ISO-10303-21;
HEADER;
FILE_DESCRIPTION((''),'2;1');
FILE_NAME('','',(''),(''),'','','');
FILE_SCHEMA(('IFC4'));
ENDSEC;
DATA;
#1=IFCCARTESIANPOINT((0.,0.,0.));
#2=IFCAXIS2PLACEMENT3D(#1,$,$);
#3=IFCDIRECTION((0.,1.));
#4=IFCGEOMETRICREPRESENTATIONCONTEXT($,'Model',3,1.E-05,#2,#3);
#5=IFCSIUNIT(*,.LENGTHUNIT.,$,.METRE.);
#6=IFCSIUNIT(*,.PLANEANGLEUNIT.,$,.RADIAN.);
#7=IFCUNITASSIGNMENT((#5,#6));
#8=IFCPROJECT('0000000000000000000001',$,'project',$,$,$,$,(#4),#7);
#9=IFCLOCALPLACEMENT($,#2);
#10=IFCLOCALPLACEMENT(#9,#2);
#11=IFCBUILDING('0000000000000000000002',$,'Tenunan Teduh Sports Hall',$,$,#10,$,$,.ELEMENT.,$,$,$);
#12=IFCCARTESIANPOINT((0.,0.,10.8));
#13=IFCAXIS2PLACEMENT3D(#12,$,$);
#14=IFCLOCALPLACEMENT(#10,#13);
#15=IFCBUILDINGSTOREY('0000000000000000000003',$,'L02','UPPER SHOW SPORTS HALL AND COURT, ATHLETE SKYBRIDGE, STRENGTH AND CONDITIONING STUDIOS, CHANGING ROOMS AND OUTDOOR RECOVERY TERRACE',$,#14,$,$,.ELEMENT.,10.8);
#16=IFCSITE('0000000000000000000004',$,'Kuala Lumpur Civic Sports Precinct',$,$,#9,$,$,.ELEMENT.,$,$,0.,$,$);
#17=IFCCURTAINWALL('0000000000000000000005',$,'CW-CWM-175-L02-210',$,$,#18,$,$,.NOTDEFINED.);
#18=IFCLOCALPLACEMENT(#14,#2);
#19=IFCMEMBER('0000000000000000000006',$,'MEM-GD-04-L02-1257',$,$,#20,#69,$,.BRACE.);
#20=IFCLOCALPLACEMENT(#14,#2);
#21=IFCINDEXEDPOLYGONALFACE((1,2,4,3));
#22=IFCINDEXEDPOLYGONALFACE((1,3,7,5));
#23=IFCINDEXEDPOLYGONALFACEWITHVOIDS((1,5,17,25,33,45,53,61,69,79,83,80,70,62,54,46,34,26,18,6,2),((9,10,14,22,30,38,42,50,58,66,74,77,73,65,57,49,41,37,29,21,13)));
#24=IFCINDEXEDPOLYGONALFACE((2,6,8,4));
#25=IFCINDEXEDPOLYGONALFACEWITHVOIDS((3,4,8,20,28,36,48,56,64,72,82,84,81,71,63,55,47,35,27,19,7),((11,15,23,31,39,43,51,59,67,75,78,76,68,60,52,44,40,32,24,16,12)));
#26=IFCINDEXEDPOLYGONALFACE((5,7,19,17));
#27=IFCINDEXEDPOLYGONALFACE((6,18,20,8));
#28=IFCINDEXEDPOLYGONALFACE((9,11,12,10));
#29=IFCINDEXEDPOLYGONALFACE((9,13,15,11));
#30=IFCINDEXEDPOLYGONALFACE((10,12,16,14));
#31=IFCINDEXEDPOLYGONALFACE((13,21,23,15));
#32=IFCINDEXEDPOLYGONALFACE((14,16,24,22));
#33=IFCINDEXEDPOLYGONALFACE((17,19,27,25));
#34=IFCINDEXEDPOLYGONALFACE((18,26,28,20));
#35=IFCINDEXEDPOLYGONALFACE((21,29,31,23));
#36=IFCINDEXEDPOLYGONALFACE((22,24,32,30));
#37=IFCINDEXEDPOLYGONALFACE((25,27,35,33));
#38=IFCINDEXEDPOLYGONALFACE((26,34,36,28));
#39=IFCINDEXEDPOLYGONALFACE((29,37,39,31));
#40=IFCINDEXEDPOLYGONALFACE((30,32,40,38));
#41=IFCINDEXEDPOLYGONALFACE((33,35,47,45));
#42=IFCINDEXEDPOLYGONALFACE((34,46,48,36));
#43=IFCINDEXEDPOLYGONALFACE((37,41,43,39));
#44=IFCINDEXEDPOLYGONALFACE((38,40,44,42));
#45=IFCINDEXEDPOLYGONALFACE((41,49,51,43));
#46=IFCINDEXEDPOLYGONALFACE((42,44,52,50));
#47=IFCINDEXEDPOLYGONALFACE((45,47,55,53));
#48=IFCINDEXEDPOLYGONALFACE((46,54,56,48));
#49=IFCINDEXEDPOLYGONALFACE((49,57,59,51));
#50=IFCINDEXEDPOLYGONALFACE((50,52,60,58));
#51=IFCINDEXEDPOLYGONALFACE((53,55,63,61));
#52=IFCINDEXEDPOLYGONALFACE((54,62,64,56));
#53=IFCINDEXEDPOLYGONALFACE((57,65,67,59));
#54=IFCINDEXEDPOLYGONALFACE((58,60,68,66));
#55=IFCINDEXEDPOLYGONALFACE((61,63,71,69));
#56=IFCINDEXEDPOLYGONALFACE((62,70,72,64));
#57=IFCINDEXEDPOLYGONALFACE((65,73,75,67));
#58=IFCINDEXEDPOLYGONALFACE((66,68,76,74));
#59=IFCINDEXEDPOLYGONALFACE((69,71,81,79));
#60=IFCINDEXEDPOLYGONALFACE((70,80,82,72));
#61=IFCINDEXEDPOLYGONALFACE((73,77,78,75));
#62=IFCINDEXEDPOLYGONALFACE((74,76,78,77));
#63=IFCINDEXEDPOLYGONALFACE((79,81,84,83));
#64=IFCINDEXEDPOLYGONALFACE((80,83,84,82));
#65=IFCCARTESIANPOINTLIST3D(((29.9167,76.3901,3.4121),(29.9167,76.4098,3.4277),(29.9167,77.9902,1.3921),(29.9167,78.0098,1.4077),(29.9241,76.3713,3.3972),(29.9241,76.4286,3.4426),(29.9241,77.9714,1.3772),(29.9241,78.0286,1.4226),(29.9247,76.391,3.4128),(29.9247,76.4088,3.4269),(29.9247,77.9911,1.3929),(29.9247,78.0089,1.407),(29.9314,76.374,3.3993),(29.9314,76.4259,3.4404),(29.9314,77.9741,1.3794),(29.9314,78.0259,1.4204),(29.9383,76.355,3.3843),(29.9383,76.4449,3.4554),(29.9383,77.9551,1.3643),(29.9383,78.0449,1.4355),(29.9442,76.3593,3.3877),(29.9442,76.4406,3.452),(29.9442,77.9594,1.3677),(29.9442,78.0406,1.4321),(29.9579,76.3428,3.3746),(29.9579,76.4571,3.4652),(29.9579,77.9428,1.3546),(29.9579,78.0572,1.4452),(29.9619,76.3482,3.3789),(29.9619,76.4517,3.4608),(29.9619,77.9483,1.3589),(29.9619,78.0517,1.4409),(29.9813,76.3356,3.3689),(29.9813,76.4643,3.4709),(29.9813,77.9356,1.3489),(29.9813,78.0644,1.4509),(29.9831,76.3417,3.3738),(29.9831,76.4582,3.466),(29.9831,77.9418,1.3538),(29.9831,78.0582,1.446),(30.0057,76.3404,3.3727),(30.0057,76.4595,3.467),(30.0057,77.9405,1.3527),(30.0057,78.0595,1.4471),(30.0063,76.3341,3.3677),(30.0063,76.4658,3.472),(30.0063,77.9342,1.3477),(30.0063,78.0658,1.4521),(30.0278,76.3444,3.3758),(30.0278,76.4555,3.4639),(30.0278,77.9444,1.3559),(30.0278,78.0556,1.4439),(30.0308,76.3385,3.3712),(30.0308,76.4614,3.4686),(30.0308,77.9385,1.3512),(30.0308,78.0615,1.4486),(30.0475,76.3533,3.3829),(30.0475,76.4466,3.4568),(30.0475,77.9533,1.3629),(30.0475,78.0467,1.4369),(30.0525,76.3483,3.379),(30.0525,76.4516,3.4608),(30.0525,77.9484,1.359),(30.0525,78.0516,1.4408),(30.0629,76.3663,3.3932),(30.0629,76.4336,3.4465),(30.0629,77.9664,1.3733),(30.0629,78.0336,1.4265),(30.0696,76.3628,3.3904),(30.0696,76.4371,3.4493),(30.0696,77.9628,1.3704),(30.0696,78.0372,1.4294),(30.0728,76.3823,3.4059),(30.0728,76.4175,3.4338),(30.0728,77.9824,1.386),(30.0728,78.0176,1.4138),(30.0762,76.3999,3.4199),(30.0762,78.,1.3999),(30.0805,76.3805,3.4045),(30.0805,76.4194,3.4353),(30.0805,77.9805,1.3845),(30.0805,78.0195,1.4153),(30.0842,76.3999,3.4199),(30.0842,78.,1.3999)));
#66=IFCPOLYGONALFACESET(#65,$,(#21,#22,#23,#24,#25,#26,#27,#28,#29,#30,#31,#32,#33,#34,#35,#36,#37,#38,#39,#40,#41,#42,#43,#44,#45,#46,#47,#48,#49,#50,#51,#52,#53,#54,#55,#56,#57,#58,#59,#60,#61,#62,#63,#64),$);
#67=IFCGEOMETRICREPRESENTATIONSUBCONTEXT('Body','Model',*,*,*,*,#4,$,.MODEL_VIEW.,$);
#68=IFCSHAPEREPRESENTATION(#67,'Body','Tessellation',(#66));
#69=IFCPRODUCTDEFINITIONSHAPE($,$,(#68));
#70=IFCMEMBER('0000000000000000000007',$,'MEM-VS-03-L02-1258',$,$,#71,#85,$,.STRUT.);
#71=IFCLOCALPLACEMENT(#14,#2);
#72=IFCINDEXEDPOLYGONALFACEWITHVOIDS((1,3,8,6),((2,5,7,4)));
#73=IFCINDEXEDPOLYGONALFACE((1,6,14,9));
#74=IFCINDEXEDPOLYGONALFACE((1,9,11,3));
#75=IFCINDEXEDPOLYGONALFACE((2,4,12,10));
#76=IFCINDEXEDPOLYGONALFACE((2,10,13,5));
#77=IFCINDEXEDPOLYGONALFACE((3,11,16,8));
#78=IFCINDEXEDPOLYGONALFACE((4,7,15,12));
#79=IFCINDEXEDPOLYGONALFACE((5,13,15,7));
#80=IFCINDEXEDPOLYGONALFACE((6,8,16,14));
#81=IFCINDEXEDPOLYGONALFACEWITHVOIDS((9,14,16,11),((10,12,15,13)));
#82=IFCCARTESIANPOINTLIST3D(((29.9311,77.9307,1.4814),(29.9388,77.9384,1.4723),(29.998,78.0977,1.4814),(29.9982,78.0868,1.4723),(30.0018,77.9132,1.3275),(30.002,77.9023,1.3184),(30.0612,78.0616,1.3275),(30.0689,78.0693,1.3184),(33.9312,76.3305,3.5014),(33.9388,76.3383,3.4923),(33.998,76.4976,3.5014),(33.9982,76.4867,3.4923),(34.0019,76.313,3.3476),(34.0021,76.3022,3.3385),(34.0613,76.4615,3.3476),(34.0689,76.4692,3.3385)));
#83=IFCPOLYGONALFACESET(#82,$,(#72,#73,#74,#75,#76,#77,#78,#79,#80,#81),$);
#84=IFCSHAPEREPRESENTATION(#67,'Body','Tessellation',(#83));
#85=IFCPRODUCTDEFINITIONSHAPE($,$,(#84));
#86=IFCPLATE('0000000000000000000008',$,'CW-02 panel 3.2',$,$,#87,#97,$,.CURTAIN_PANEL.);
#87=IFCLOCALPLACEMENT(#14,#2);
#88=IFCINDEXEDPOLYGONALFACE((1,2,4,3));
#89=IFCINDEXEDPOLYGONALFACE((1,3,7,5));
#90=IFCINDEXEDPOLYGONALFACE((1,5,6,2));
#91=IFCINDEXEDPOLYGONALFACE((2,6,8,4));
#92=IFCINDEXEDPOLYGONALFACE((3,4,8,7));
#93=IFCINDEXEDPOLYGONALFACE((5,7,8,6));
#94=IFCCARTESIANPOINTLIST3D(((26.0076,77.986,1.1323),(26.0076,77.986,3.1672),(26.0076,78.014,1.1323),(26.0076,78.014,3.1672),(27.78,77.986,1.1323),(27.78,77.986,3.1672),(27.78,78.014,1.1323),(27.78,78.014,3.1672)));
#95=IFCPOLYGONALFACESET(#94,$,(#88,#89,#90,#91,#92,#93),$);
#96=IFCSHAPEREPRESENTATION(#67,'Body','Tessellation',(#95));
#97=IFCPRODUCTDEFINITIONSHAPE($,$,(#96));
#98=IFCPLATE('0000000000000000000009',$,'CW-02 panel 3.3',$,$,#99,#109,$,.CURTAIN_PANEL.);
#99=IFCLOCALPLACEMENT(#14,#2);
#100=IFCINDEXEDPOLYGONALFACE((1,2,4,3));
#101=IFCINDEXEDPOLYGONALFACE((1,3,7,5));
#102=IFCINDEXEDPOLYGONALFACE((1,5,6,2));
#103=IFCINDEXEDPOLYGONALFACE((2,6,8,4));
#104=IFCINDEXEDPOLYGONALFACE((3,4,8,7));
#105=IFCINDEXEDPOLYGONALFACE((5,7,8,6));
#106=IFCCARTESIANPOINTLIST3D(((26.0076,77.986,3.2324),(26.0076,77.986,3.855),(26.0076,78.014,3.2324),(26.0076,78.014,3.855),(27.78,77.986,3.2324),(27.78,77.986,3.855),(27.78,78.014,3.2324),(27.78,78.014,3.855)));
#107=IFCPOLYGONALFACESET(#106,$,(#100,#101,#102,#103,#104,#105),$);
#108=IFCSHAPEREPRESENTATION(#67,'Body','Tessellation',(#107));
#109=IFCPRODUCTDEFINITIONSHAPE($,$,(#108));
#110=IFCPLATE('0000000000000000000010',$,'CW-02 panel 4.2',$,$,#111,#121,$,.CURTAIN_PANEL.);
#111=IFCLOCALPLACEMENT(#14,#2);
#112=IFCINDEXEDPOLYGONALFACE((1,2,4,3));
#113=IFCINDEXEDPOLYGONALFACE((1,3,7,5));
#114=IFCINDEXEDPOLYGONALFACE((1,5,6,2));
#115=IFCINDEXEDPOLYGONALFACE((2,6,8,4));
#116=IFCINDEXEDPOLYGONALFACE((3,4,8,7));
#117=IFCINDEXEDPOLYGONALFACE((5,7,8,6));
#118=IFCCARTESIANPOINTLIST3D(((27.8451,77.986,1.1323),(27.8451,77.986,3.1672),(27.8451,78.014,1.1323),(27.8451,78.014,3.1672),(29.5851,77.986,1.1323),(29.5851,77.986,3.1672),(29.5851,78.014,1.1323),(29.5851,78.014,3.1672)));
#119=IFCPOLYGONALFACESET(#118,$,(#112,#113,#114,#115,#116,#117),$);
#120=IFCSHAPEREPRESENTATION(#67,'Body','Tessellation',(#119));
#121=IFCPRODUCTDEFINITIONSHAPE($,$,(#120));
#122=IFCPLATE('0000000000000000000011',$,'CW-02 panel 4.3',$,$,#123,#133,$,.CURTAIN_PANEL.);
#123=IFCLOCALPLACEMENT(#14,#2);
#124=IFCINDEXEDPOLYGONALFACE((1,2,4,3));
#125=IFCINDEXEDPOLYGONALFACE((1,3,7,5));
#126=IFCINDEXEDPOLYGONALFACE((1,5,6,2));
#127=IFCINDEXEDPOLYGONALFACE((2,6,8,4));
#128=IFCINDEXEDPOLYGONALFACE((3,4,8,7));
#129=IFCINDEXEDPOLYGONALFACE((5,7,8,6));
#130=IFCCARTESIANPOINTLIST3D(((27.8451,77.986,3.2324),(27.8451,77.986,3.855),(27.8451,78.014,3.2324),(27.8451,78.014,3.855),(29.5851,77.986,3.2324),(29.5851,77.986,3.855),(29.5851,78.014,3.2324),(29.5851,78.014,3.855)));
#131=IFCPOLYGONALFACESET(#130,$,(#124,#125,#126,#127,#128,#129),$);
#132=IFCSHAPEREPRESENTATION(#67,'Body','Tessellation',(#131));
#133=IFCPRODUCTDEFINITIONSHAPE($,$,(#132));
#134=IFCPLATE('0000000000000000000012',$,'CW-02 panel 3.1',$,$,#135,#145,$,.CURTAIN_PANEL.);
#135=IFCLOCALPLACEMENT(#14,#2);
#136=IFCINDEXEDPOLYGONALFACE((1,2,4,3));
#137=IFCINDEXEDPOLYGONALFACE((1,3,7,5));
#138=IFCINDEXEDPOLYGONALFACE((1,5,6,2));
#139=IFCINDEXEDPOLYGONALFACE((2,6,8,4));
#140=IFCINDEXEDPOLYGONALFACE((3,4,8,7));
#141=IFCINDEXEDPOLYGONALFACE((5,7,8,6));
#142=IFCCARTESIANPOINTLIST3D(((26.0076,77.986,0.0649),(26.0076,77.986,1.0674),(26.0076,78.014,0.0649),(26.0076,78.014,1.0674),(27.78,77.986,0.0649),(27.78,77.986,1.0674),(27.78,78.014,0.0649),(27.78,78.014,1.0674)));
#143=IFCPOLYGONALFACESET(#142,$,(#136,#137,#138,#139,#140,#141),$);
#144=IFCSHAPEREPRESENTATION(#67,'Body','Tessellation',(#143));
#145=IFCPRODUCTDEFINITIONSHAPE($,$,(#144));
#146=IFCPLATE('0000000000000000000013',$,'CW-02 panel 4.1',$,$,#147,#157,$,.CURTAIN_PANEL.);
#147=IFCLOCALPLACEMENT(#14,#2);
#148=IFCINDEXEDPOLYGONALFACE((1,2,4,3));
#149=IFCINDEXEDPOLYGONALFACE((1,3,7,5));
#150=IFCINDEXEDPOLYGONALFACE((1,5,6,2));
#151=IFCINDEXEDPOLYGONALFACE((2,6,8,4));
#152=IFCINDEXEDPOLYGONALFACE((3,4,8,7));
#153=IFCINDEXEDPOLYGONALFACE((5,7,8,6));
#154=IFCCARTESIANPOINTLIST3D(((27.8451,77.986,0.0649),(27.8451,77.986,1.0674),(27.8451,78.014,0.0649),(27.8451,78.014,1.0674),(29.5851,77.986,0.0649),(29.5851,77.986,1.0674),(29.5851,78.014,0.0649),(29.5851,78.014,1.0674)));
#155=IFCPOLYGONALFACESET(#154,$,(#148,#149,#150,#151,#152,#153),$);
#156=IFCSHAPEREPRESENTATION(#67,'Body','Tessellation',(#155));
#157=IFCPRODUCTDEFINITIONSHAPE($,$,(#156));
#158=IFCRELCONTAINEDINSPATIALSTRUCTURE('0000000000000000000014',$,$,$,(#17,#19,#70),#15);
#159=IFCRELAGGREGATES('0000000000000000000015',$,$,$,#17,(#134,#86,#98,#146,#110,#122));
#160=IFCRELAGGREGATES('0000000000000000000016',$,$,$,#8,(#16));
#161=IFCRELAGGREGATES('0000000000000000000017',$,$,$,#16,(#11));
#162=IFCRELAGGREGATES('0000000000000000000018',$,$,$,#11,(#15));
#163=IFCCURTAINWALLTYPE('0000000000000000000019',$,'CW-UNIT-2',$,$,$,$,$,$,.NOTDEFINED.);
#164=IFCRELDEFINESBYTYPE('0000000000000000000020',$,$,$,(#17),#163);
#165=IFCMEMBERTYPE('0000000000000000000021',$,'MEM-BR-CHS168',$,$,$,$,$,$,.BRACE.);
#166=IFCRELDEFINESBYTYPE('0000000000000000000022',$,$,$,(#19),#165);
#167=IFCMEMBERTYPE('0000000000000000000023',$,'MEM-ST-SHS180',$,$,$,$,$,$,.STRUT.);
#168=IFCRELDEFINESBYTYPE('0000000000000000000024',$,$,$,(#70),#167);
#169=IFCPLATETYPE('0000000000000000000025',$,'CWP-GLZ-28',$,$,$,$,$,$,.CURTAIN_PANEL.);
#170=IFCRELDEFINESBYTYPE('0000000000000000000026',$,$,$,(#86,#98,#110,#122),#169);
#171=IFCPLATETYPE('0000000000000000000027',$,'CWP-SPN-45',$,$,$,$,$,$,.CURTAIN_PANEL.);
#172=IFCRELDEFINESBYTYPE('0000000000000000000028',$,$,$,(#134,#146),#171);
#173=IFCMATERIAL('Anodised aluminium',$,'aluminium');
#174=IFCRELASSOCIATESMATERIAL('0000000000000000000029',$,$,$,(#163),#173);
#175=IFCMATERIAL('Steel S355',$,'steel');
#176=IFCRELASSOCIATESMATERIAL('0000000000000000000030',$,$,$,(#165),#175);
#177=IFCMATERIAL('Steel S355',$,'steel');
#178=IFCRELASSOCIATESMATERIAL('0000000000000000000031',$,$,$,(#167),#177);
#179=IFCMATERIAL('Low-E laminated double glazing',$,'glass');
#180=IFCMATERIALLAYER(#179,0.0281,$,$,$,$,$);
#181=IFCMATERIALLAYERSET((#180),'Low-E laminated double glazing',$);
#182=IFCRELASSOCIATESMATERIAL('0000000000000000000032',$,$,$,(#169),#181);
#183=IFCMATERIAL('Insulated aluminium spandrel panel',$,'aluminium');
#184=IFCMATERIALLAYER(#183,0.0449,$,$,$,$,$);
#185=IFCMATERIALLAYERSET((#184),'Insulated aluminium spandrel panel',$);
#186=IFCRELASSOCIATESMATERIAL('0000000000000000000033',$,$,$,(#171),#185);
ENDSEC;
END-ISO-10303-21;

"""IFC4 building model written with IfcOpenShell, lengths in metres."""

from ifc_helpers import new_model, si_unit, direction, frame, origin, origin_2d, place, context, subcontext, project, spatial, rectangle, hollow_rectangle, hollow_circle, extrude, material, layer, layer_set, material_profile, profile_set, type_object, element, aggregate, save


model = new_model("IFC4")

# Units and contexts
model_context = context("Model", 3, precision=1e-05, world=origin(), true_north=direction((0.0, 1.0)))
body_context = subcontext(model_context, "Body", "Model", "MODEL_VIEW")
ifc_project = project(units=[si_unit("LENGTHUNIT", "METRE"), si_unit("PLANEANGLEUNIT", "RADIAN")], contexts=[model_context])

# Site, building, storey
site_placement = place(None, origin())
site = spatial("IfcSite", under=ifc_project, at=site_placement, Name="Kuala Lumpur Civic Sports Precinct", CompositionType="ELEMENT", RefElevation=0.0)
building_placement = place(site_placement, origin())
building = spatial("IfcBuilding", under=site, at=building_placement, Name="Tenunan Teduh Sports Hall", CompositionType="ELEMENT")
storey_placement = place(building_placement, frame((0.0, 0.0, 10.8)))
storey = spatial("IfcBuildingStorey", under=building, at=storey_placement, Name="L02", Description="UPPER SHOW SPORTS HALL AND COURT, ATHLETE SKYBRIDGE, STRENGTH AND CONDITIONING STUDIOS, CHANGING ROOMS AND OUTDOOR RECOVERY TERRACE", CompositionType="ELEMENT", Elevation=10.8)

# Curtain wall
ifc_material_1 = material(Name="Anodised aluminium", Category="aluminium")
curtain_wall_type = type_object("IfcCurtainWallType", Name="CW-UNIT-2", PredefinedType="NOTDEFINED", material=ifc_material_1)
curtain_wall_placement = place(storey_placement, origin())
curtain_wall = element("IfcCurtainWall", 1, at=curtain_wall_placement, inside=storey, type_object=curtain_wall_type, Name="CW-CWM-175-L02-210", PredefinedType="NOTDEFINED")

# Members
ifc_material_2 = material(Name="Steel S355", Category="steel")
ifc_material_profile_1 = material_profile(ifc_material_2, hollow_circle(Radius=0.0842, WallThickness=0.0081, at=origin_2d()), Name="CHS 168.3x8.0")
ifc_profile_set_1 = profile_set([ifc_material_profile_1], Name="Steel S355")
member_type_1 = type_object("IfcMemberType", Name="MEM-BR-CHS168", PredefinedType="BRACE", material=ifc_profile_set_1)
member_1_placement = place(storey_placement, frame((30.0, 78.0, 1.3999), z_axis=(0.0, -0.620921, 0.783873), x_axis=(1.0, 0.0, 0.0)))
element("IfcMember", 2, at=member_1_placement, inside=storey, type_object=member_type_1, Name="MEM-GD-04-L02-1257", PredefinedType="BRACE", context=body_context, shape_type="SweptSolid", body=[
    extrude(hollow_circle(Radius=0.0842, WallThickness=0.0081, at=origin_2d()), origin(), (0.0, 0.0, 1.0), 2.5769),
])
ifc_material_3 = material(Name="Steel S355", Category="steel")
ifc_material_profile_2 = material_profile(ifc_material_3, hollow_rectangle(XDim=0.1799, YDim=0.1799, WallThickness=0.01, at=origin_2d()), Name="SHS 180x180x10.0")
ifc_profile_set_2 = profile_set([ifc_material_profile_2], Name="Steel S355")
member_type_2 = type_object("IfcMemberType", Name="MEM-ST-SHS180", PredefinedType="STRUT", material=ifc_profile_set_2)
member_2_placement = place(storey_placement, frame((30.0, 78.0, 1.3999), z_axis=(0.840648, -0.33628, 0.424531), x_axis=(0.37141, 0.928469, 0.0)))
element("IfcMember", 3, at=member_2_placement, inside=storey, type_object=member_type_2, Name="MEM-VS-03-L02-1258", PredefinedType="STRUT", context=body_context, shape_type="SweptSolid", body=[
    extrude(hollow_rectangle(XDim=0.1799, YDim=0.1799, WallThickness=0.01, at=origin_2d()), origin(), (0.0, 0.0, 1.0), 4.7583),
])

# Plates
ifc_material_4 = material(Name="Low-E laminated double glazing", Category="glass")
ifc_layer_1 = layer(ifc_material_4, 0.0281)
ifc_layer_set_1 = layer_set([ifc_layer_1], Name="Low-E laminated double glazing")
plate_type_1 = type_object("IfcPlateType", Name="CWP-GLZ-28", PredefinedType="CURTAIN_PANEL", material=ifc_layer_set_1)
plate_1_placement = place(storey_placement, frame((26.8938, 78.0, 1.1323), z_axis=(0.0, 0.0, 1.0), x_axis=(1.0, 0.0, 0.0)))
plate_1 = element("IfcPlate", 4, at=plate_1_placement, type_object=plate_type_1, Name="CW-02 panel 3.2", PredefinedType="CURTAIN_PANEL", context=body_context, shape_type="SweptSolid", body=[
    extrude(rectangle(XDim=1.7725, YDim=0.0281, at=origin_2d()), origin(), (0.0, 0.0, 1.0), 2.0349),
])
plate_2_placement = place(storey_placement, frame((26.8938, 78.0, 3.2324), z_axis=(0.0, 0.0, 1.0), x_axis=(1.0, 0.0, 0.0)))
plate_2 = element("IfcPlate", 5, at=plate_2_placement, type_object=plate_type_1, Name="CW-02 panel 3.3", PredefinedType="CURTAIN_PANEL", context=body_context, shape_type="SweptSolid", body=[
    extrude(rectangle(XDim=1.7725, YDim=0.0281, at=origin_2d()), origin(), (0.0, 0.0, 1.0), 0.6226),
])
plate_3_placement = place(storey_placement, frame((28.7151, 78.0, 1.1323), z_axis=(0.0, 0.0, 1.0), x_axis=(1.0, 0.0, 0.0)))
plate_3 = element("IfcPlate", 6, at=plate_3_placement, type_object=plate_type_1, Name="CW-02 panel 4.2", PredefinedType="CURTAIN_PANEL", context=body_context, shape_type="SweptSolid", body=[
    extrude(rectangle(XDim=1.74, YDim=0.0281, at=origin_2d()), origin(), (0.0, 0.0, 1.0), 2.0349),
])
plate_4_placement = place(storey_placement, frame((28.7151, 78.0, 3.2324), z_axis=(0.0, 0.0, 1.0), x_axis=(1.0, 0.0, 0.0)))
plate_4 = element("IfcPlate", 7, at=plate_4_placement, type_object=plate_type_1, Name="CW-02 panel 4.3", PredefinedType="CURTAIN_PANEL", context=body_context, shape_type="SweptSolid", body=[
    extrude(rectangle(XDim=1.74, YDim=0.0281, at=origin_2d()), origin(), (0.0, 0.0, 1.0), 0.6226),
])
ifc_material_5 = material(Name="Insulated aluminium spandrel panel", Category="aluminium")
ifc_layer_2 = layer(ifc_material_5, 0.0449)
ifc_layer_set_2 = layer_set([ifc_layer_2], Name="Insulated aluminium spandrel panel")
plate_type_2 = type_object("IfcPlateType", Name="CWP-SPN-45", PredefinedType="CURTAIN_PANEL", material=ifc_layer_set_2)
plate_5_placement = place(storey_placement, frame((26.8938, 78.0, 0.0649), z_axis=(0.0, 0.0, 1.0), x_axis=(1.0, 0.0, 0.0)))
plate_5 = element("IfcPlate", 8, at=plate_5_placement, type_object=plate_type_2, Name="CW-02 panel 3.1", PredefinedType="CURTAIN_PANEL", context=body_context, shape_type="SweptSolid", body=[
    extrude(rectangle(XDim=1.7725, YDim=0.0281, at=origin_2d()), origin(), (0.0, 0.0, 1.0), 1.0024),
])
plate_6_placement = place(storey_placement, frame((28.7151, 78.0, 0.0649), z_axis=(0.0, 0.0, 1.0), x_axis=(1.0, 0.0, 0.0)))
plate_6 = element("IfcPlate", 9, at=plate_6_placement, type_object=plate_type_2, Name="CW-02 panel 4.1", PredefinedType="CURTAIN_PANEL", context=body_context, shape_type="SweptSolid", body=[
    extrude(rectangle(XDim=1.74, YDim=0.0281, at=origin_2d()), origin(), (0.0, 0.0, 1.0), 1.0024),
])
aggregate(curtain_wall, [plate_5, plate_1, plate_2, plate_6, plate_3, plate_4])

save(model, "model.ifc")
